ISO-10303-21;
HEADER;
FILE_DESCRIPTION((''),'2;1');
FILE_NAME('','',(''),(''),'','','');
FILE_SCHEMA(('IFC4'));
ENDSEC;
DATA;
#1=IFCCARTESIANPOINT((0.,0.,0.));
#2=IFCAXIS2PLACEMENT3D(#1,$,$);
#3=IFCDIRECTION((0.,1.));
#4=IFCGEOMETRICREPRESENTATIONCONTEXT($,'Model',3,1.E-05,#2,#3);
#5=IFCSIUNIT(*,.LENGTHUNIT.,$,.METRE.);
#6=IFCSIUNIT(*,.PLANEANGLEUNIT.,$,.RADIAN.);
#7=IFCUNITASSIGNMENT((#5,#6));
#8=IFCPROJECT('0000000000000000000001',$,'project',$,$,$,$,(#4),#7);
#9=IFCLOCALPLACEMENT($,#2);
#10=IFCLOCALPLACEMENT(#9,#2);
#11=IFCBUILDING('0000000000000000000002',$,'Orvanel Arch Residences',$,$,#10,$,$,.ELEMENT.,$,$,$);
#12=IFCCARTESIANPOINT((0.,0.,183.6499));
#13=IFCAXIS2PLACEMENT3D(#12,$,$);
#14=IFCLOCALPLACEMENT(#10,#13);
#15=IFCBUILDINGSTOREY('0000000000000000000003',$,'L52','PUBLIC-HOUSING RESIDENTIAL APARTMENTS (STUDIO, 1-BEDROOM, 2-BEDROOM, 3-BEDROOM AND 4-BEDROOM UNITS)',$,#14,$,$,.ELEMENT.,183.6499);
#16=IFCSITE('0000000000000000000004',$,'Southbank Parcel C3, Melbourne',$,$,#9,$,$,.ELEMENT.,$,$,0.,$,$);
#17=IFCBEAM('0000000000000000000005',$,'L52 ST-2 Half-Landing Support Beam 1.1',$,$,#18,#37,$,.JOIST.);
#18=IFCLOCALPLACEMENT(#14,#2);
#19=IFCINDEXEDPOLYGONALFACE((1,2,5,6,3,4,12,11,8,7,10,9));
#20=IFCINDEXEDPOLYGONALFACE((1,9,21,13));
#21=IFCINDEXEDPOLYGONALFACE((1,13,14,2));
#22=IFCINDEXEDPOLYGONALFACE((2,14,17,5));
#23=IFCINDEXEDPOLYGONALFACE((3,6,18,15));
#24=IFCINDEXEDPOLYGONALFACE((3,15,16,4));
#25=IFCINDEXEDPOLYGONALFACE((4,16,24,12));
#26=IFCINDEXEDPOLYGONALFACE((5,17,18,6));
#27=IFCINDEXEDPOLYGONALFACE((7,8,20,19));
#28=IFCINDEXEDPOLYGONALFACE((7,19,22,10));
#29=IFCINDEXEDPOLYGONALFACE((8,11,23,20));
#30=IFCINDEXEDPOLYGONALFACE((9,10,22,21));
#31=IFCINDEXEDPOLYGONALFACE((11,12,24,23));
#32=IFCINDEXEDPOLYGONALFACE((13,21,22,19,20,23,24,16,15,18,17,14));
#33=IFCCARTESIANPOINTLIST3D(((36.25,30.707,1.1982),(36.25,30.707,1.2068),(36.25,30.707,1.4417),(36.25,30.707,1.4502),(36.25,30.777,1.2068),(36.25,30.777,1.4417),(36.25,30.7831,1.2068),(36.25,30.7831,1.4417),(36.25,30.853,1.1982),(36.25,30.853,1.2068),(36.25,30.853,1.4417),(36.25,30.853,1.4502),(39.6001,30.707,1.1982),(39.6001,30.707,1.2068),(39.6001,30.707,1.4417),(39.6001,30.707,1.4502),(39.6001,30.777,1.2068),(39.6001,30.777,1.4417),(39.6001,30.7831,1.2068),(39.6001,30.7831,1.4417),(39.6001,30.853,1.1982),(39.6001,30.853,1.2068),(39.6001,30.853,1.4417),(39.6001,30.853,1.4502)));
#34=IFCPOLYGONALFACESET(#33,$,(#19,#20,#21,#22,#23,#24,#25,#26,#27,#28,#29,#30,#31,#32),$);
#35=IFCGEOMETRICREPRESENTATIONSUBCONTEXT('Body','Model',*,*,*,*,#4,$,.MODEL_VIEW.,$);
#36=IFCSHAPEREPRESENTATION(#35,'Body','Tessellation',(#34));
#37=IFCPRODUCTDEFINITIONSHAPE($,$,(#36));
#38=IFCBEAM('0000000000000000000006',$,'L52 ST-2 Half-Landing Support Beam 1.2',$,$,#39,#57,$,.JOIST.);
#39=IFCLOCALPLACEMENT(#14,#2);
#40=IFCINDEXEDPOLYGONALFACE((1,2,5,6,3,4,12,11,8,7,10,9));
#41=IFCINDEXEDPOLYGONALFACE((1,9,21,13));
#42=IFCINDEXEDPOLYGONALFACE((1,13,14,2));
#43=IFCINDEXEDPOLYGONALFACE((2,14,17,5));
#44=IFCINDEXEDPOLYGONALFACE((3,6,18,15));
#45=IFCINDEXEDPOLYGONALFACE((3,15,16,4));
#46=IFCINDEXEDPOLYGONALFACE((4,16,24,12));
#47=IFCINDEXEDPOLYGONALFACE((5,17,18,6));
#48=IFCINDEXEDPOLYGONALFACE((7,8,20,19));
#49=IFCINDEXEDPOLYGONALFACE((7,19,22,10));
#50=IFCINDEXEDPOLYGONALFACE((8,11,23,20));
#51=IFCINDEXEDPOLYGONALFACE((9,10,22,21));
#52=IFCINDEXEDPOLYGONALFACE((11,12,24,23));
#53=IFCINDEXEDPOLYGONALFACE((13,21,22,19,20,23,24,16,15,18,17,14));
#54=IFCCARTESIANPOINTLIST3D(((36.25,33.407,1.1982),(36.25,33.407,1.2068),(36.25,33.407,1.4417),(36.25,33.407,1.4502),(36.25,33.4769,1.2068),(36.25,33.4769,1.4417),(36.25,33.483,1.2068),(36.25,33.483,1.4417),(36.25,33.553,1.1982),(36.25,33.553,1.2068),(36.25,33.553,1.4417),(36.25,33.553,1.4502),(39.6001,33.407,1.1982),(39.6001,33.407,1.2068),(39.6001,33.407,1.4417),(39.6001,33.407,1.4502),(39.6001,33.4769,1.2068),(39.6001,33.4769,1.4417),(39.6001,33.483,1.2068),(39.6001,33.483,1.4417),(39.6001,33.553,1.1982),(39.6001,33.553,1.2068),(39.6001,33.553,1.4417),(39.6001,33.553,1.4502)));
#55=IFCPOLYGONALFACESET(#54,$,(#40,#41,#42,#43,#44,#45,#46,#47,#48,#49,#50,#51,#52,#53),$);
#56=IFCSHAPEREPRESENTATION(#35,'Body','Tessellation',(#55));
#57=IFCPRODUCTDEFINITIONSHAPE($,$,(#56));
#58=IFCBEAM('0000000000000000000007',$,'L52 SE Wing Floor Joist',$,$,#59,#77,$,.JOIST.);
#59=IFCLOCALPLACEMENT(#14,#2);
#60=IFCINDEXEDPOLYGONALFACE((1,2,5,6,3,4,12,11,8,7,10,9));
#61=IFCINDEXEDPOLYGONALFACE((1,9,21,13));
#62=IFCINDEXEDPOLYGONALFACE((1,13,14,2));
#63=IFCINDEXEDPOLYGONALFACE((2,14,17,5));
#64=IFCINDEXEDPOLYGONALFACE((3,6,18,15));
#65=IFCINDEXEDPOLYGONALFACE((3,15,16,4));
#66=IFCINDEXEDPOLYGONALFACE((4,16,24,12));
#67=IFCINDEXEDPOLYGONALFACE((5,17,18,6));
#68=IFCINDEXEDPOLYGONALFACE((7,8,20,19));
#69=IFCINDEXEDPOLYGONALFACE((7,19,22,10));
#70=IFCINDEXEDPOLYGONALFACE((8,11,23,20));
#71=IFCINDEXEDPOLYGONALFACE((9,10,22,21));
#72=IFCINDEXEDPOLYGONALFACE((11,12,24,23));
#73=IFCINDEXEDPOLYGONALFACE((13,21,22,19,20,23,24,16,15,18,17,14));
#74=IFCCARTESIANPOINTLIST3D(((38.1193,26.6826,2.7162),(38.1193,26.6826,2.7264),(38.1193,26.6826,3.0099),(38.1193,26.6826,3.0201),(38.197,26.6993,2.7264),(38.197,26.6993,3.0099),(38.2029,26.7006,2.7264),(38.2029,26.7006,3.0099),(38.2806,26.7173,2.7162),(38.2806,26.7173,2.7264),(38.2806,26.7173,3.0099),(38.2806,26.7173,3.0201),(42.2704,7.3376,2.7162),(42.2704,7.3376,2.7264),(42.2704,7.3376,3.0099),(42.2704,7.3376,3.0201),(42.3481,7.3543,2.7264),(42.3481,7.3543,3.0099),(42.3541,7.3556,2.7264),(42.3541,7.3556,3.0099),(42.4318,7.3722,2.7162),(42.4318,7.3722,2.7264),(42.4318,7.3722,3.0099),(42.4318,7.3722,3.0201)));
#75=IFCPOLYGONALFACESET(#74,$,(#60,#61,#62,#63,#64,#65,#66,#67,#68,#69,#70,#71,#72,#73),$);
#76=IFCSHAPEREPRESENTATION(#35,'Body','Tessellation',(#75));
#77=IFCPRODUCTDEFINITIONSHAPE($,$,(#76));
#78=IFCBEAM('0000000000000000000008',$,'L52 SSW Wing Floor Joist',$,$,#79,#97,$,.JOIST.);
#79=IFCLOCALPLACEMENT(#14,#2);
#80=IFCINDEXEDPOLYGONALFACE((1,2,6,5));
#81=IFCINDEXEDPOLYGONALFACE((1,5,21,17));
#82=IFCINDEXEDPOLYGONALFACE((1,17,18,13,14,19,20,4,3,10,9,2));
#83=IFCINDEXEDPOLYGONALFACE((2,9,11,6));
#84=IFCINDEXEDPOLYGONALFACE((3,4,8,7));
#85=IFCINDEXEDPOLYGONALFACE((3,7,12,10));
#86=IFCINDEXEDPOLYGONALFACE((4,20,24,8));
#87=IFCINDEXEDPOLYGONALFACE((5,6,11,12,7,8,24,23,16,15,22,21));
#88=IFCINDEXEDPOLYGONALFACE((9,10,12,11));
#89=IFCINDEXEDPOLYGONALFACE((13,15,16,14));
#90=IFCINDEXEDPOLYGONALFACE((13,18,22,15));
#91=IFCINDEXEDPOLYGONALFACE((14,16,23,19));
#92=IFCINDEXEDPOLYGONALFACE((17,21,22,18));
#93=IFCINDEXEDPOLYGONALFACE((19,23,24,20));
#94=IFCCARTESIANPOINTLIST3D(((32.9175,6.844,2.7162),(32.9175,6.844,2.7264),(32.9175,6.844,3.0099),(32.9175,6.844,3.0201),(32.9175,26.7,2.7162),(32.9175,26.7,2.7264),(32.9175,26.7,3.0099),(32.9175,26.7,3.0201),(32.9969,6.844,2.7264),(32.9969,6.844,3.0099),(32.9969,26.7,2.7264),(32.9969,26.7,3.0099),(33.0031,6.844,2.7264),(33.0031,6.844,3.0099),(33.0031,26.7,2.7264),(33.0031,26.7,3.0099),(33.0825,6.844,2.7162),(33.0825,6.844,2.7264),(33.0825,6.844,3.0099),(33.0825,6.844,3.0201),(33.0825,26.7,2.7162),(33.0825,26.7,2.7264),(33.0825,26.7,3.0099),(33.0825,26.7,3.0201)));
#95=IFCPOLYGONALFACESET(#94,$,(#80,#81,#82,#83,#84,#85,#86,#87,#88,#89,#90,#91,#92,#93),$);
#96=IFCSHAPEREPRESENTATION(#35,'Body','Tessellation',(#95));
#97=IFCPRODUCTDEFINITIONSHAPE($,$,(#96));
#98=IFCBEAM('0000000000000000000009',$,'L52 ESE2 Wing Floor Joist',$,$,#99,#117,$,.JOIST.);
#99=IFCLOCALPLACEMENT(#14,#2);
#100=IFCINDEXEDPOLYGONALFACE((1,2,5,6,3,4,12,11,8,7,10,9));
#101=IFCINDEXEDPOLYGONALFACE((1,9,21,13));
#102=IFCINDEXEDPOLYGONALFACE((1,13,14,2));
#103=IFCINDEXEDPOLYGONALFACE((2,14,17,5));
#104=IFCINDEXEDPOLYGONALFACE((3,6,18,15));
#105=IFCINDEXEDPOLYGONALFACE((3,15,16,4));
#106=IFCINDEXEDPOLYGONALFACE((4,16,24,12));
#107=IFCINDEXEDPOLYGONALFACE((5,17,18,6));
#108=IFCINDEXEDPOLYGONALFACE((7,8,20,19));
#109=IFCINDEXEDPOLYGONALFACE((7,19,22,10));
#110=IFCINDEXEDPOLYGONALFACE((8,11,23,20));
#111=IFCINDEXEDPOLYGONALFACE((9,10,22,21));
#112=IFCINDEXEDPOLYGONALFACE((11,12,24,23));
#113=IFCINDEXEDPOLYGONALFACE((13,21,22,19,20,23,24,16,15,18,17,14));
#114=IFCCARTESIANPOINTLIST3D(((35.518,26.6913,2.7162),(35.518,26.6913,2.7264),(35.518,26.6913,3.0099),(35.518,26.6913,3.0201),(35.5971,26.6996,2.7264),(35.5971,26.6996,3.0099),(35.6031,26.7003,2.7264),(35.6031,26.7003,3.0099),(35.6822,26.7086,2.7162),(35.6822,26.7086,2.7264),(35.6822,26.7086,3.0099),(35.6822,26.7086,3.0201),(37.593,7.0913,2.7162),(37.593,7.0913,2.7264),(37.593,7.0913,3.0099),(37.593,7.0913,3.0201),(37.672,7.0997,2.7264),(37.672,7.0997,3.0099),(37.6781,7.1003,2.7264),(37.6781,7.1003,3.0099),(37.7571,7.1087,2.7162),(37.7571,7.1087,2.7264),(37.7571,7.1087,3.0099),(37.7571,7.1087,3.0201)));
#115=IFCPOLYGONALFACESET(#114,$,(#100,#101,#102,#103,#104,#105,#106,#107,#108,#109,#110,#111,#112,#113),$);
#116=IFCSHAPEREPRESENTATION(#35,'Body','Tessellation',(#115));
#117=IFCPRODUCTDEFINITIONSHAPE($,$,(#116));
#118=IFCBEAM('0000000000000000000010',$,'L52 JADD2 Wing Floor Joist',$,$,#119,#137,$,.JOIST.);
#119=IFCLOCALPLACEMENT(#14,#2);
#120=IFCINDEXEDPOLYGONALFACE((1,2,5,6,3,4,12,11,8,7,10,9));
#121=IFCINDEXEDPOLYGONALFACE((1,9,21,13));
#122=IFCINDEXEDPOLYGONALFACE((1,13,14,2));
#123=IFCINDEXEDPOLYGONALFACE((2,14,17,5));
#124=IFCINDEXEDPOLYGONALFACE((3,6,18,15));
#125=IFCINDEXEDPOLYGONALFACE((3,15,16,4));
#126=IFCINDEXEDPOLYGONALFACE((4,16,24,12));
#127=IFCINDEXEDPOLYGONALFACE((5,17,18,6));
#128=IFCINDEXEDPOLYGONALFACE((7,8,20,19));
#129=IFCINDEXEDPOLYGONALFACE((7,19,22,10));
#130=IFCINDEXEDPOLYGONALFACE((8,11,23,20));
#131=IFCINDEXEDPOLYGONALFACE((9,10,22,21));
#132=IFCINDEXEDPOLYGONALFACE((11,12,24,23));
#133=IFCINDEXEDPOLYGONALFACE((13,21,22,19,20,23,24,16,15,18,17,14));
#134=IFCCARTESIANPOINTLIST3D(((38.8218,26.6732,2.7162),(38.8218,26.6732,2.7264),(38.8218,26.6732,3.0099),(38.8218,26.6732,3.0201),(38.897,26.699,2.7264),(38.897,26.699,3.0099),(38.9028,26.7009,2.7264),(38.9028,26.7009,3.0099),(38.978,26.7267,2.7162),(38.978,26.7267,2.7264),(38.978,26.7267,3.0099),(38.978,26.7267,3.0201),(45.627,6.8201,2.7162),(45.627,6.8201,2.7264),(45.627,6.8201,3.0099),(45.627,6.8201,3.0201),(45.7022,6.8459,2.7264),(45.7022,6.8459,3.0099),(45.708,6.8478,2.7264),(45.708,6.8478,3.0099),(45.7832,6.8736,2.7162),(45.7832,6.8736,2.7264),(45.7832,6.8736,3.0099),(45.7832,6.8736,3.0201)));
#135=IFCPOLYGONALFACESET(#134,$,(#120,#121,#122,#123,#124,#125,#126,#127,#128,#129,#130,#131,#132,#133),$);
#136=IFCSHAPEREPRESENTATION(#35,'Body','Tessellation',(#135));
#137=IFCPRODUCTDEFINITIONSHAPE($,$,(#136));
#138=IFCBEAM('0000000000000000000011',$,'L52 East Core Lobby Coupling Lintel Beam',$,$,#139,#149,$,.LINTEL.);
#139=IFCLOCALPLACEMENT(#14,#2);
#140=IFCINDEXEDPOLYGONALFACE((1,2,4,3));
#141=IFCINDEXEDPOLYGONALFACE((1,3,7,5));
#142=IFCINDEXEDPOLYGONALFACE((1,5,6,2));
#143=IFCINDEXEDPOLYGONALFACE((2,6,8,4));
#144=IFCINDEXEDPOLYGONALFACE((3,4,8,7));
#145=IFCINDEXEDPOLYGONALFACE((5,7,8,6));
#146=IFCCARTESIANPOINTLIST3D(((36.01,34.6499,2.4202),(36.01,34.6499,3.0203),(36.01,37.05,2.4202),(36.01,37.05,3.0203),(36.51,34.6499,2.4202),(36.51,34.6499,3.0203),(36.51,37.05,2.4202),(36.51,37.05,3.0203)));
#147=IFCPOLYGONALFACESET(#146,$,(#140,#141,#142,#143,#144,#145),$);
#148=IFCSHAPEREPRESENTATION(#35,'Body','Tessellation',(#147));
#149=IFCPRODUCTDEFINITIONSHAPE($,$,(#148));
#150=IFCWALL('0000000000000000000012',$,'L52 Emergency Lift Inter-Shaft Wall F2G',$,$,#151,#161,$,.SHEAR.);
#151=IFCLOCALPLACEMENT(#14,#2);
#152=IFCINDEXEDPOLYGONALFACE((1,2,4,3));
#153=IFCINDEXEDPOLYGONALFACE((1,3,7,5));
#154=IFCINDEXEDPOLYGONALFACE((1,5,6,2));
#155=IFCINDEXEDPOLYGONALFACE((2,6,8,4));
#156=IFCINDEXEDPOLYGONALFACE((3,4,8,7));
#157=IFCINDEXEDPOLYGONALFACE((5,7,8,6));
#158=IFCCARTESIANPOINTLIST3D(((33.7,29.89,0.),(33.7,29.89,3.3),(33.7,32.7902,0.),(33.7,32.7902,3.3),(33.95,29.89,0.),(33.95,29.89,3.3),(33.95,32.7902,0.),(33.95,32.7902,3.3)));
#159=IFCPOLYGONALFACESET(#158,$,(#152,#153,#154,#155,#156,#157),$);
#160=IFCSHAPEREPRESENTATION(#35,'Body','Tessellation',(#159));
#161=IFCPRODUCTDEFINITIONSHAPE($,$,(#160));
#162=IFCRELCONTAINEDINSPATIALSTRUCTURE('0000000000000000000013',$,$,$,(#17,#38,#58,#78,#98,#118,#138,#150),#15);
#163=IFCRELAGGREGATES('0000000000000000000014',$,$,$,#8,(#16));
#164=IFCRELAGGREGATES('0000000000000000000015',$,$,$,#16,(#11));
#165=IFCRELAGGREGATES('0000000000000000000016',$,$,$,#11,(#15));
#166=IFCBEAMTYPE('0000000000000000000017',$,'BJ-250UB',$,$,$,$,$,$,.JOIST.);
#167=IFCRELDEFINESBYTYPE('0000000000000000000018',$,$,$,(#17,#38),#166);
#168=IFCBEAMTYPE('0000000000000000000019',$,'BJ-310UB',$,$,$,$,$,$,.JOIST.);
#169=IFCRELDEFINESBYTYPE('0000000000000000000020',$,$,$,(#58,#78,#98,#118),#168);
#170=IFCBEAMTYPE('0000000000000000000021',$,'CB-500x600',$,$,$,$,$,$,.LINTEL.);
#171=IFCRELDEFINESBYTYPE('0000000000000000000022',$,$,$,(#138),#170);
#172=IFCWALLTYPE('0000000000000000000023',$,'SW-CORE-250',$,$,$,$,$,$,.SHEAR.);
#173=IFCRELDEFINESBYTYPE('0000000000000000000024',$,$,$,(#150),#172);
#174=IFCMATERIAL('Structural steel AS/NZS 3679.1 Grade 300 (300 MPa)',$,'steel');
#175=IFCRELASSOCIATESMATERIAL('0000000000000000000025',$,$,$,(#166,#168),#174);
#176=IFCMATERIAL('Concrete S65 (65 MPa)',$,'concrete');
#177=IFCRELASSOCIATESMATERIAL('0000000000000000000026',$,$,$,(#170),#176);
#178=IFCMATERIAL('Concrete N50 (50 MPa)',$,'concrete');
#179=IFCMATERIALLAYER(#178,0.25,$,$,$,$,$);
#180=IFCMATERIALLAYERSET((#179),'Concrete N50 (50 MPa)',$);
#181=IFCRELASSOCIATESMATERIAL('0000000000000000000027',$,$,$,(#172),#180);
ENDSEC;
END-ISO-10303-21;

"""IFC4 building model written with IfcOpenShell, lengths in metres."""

from ifc_helpers import new_model, si_unit, direction, frame, frame_2d, origin, origin_2d, place, context, subcontext, project, spatial, rectangle, i_section, extrude, material, layer, layer_set, material_profile, profile_set, type_object, element, save


model = new_model("IFC4")

# Units and contexts
model_context = context("Model", 3, precision=1e-05, world=origin(), true_north=direction((0.0, 1.0)))
body_context = subcontext(model_context, "Body", "Model", "MODEL_VIEW")
ifc_project = project(units=[si_unit("LENGTHUNIT", "METRE"), si_unit("PLANEANGLEUNIT", "RADIAN")], contexts=[model_context])

# Site, building, storey
site_placement = place(None, origin())
site = spatial("IfcSite", under=ifc_project, at=site_placement, Name="Southbank Parcel C3, Melbourne", CompositionType="ELEMENT", RefElevation=0.0)
building_placement = place(site_placement, origin())
building = spatial("IfcBuilding", under=site, at=building_placement, Name="Orvanel Arch Residences", CompositionType="ELEMENT")
storey_placement = place(building_placement, frame((0.0, 0.0, 183.6499)))
storey = spatial("IfcBuildingStorey", under=building, at=storey_placement, Name="L52", Description="PUBLIC-HOUSING RESIDENTIAL APARTMENTS (STUDIO, 1-BEDROOM, 2-BEDROOM, 3-BEDROOM AND 4-BEDROOM UNITS)", CompositionType="ELEMENT", Elevation=183.6499)

# Beams
ifc_material_1 = material(Name="Structural steel AS/NZS 3679.1 Grade 300 (300 MPa)", Category="steel")
ifc_material_profile_1 = material_profile(ifc_material_1, i_section(OverallWidth=0.146, OverallDepth=0.252, WebThickness=0.0061, FlangeThickness=0.0085, at=origin_2d()), Name="250UB31.4")
ifc_profile_set_1 = profile_set([ifc_material_profile_1], Name="Structural steel AS/NZS 3679.1 Grade 300 (300 MPa)")
beam_type_1 = type_object("IfcBeamType", Name="BJ-250UB", PredefinedType="JOIST", material=ifc_profile_set_1)
for number, where, z_axis, x_axis, name in (
    (1, (36.25, 30.78, 1.3242), (1.0, 0.0, 0.0), (0.0, 1.0, 0.0), "L52 ST-2 Half-Landing Support Beam 1.1"),
    (2, (36.25, 33.48, 1.3242), (1.0, 0.0, 0.0), (0.0, 1.0, 0.0), "L52 ST-2 Half-Landing Support Beam 1.2"),
):
    element("IfcBeam", number, at=place(storey_placement, frame(where, z_axis=z_axis, x_axis=x_axis)), inside=storey, type_object=beam_type_1, Name=name, PredefinedType="JOIST", context=body_context, shape_type="SweptSolid", body=[
        extrude(i_section(OverallWidth=0.146, OverallDepth=0.252, WebThickness=0.0061, FlangeThickness=0.0085, at=origin_2d()), origin(), (0.0, 0.0, 1.0), 3.3501),
    ])
ifc_material_profile_2 = material_profile(ifc_material_1, i_section(OverallWidth=0.165, OverallDepth=0.304, WebThickness=0.0061, FlangeThickness=0.0103, at=origin_2d()), Name="310UB40.4")
ifc_profile_set_2 = profile_set([ifc_material_profile_2], Name="Structural steel AS/NZS 3679.1 Grade 300 (300 MPa)")
beam_type_2 = type_object("IfcBeamType", Name="BJ-310UB", PredefinedType="JOIST", material=ifc_profile_set_2)
beam_1_placement = place(storey_placement, frame((38.2, 26.7, 2.8682), z_axis=(0.209808, -0.977743, 0.0), x_axis=(0.977743, 0.209808, 0.0)))
element("IfcBeam", 3, at=beam_1_placement, inside=storey, type_object=beam_type_2, Name="L52 SE Wing Floor Joist", PredefinedType="JOIST", context=body_context, shape_type="SweptSolid", body=[
    extrude(i_section(OverallWidth=0.165, OverallDepth=0.304, WebThickness=0.0061, FlangeThickness=0.0103, at=origin_2d()), origin(), (0.0, 0.0, 1.0), 19.7854),
])
beam_2_placement = place(storey_placement, frame((33.0, 26.7, 2.8682), z_axis=(0.0, -1.0, 0.0), x_axis=(1.0, 0.0, 0.0)))
element("IfcBeam", 4, at=beam_2_placement, inside=storey, type_object=beam_type_2, Name="L52 SSW Wing Floor Joist", PredefinedType="JOIST", context=body_context, shape_type="SweptSolid", body=[
    extrude(i_section(OverallWidth=0.165, OverallDepth=0.304, WebThickness=0.0061, FlangeThickness=0.0103, at=origin_2d()), origin(), (0.0, 0.0, 1.0), 19.856),
])
beam_3_placement = place(storey_placement, frame((35.6001, 26.7, 2.8682), z_axis=(0.105277, -0.994443, 0.0), x_axis=(0.994443, 0.105277, 0.0)))
element("IfcBeam", 5, at=beam_3_placement, inside=storey, type_object=beam_type_2, Name="L52 ESE2 Wing Floor Joist", PredefinedType="JOIST", context=body_context, shape_type="SweptSolid", body=[
    extrude(i_section(OverallWidth=0.165, OverallDepth=0.304, WebThickness=0.0061, FlangeThickness=0.0103, at=origin_2d()), origin(), (0.0, 0.0, 1.0), 19.7095),
])
beam_4_placement = place(storey_placement, frame((38.8999, 26.7, 2.8682), z_axis=(0.324257, -0.945969, 0.0), x_axis=(0.945969, 0.324257, 0.0)))
element("IfcBeam", 6, at=beam_4_placement, inside=storey, type_object=beam_type_2, Name="L52 JADD2 Wing Floor Joist", PredefinedType="JOIST", context=body_context, shape_type="SweptSolid", body=[
    extrude(i_section(OverallWidth=0.165, OverallDepth=0.304, WebThickness=0.0061, FlangeThickness=0.0103, at=origin_2d()), origin(), (0.0, 0.0, 1.0), 20.9871),
])
ifc_material_2 = material(Name="Concrete S65 (65 MPa)", Category="concrete")
ifc_material_profile_3 = material_profile(ifc_material_2, rectangle(XDim=0.5, YDim=0.6001, at=origin_2d()), Name="RC500x600")
ifc_profile_set_3 = profile_set([ifc_material_profile_3], Name="Concrete S65 (65 MPa)")
beam_type_3 = type_object("IfcBeamType", Name="CB-500x600", PredefinedType="LINTEL", material=ifc_profile_set_3)
beam_5_placement = place(storey_placement, frame((36.26, 34.6499, 2.7202), z_axis=(0.0, 1.0, 0.0), x_axis=(-1.0, 0.0, 0.0)))
element("IfcBeam", 7, at=beam_5_placement, inside=storey, type_object=beam_type_3, Name="L52 East Core Lobby Coupling Lintel Beam", PredefinedType="LINTEL", context=body_context, shape_type="SweptSolid", body=[
    extrude(rectangle(XDim=0.5, YDim=0.6001, at=origin_2d()), origin(), (0.0, 0.0, 1.0), 2.4001),
])

# Wall
ifc_material_3 = material(Name="Concrete N50 (50 MPa)", Category="concrete")
ifc_layer_1 = layer(ifc_material_3, 0.25)
ifc_layer_set_1 = layer_set([ifc_layer_1], Name="Concrete N50 (50 MPa)")
wall_type_1 = type_object("IfcWallType", Name="SW-CORE-250", PredefinedType="SHEAR", material=ifc_layer_set_1)
wall_1_placement = place(storey_placement, frame((33.825, 29.8899, 0.0), z_axis=(0.0, 0.0, 1.0), x_axis=(0.0, 1.0, 0.0)))
element("IfcWall", 8, at=wall_1_placement, inside=storey, type_object=wall_type_1, Name="L52 Emergency Lift Inter-Shaft Wall F2G", PredefinedType="SHEAR", context=body_context, shape_type="SweptSolid", body=[
    extrude(rectangle(XDim=2.9001, YDim=0.25, at=frame_2d((1.4502, 0.0))), origin(), (0.0, 0.0, 1.0), 3.3),
])

save(model, "model.ifc")
